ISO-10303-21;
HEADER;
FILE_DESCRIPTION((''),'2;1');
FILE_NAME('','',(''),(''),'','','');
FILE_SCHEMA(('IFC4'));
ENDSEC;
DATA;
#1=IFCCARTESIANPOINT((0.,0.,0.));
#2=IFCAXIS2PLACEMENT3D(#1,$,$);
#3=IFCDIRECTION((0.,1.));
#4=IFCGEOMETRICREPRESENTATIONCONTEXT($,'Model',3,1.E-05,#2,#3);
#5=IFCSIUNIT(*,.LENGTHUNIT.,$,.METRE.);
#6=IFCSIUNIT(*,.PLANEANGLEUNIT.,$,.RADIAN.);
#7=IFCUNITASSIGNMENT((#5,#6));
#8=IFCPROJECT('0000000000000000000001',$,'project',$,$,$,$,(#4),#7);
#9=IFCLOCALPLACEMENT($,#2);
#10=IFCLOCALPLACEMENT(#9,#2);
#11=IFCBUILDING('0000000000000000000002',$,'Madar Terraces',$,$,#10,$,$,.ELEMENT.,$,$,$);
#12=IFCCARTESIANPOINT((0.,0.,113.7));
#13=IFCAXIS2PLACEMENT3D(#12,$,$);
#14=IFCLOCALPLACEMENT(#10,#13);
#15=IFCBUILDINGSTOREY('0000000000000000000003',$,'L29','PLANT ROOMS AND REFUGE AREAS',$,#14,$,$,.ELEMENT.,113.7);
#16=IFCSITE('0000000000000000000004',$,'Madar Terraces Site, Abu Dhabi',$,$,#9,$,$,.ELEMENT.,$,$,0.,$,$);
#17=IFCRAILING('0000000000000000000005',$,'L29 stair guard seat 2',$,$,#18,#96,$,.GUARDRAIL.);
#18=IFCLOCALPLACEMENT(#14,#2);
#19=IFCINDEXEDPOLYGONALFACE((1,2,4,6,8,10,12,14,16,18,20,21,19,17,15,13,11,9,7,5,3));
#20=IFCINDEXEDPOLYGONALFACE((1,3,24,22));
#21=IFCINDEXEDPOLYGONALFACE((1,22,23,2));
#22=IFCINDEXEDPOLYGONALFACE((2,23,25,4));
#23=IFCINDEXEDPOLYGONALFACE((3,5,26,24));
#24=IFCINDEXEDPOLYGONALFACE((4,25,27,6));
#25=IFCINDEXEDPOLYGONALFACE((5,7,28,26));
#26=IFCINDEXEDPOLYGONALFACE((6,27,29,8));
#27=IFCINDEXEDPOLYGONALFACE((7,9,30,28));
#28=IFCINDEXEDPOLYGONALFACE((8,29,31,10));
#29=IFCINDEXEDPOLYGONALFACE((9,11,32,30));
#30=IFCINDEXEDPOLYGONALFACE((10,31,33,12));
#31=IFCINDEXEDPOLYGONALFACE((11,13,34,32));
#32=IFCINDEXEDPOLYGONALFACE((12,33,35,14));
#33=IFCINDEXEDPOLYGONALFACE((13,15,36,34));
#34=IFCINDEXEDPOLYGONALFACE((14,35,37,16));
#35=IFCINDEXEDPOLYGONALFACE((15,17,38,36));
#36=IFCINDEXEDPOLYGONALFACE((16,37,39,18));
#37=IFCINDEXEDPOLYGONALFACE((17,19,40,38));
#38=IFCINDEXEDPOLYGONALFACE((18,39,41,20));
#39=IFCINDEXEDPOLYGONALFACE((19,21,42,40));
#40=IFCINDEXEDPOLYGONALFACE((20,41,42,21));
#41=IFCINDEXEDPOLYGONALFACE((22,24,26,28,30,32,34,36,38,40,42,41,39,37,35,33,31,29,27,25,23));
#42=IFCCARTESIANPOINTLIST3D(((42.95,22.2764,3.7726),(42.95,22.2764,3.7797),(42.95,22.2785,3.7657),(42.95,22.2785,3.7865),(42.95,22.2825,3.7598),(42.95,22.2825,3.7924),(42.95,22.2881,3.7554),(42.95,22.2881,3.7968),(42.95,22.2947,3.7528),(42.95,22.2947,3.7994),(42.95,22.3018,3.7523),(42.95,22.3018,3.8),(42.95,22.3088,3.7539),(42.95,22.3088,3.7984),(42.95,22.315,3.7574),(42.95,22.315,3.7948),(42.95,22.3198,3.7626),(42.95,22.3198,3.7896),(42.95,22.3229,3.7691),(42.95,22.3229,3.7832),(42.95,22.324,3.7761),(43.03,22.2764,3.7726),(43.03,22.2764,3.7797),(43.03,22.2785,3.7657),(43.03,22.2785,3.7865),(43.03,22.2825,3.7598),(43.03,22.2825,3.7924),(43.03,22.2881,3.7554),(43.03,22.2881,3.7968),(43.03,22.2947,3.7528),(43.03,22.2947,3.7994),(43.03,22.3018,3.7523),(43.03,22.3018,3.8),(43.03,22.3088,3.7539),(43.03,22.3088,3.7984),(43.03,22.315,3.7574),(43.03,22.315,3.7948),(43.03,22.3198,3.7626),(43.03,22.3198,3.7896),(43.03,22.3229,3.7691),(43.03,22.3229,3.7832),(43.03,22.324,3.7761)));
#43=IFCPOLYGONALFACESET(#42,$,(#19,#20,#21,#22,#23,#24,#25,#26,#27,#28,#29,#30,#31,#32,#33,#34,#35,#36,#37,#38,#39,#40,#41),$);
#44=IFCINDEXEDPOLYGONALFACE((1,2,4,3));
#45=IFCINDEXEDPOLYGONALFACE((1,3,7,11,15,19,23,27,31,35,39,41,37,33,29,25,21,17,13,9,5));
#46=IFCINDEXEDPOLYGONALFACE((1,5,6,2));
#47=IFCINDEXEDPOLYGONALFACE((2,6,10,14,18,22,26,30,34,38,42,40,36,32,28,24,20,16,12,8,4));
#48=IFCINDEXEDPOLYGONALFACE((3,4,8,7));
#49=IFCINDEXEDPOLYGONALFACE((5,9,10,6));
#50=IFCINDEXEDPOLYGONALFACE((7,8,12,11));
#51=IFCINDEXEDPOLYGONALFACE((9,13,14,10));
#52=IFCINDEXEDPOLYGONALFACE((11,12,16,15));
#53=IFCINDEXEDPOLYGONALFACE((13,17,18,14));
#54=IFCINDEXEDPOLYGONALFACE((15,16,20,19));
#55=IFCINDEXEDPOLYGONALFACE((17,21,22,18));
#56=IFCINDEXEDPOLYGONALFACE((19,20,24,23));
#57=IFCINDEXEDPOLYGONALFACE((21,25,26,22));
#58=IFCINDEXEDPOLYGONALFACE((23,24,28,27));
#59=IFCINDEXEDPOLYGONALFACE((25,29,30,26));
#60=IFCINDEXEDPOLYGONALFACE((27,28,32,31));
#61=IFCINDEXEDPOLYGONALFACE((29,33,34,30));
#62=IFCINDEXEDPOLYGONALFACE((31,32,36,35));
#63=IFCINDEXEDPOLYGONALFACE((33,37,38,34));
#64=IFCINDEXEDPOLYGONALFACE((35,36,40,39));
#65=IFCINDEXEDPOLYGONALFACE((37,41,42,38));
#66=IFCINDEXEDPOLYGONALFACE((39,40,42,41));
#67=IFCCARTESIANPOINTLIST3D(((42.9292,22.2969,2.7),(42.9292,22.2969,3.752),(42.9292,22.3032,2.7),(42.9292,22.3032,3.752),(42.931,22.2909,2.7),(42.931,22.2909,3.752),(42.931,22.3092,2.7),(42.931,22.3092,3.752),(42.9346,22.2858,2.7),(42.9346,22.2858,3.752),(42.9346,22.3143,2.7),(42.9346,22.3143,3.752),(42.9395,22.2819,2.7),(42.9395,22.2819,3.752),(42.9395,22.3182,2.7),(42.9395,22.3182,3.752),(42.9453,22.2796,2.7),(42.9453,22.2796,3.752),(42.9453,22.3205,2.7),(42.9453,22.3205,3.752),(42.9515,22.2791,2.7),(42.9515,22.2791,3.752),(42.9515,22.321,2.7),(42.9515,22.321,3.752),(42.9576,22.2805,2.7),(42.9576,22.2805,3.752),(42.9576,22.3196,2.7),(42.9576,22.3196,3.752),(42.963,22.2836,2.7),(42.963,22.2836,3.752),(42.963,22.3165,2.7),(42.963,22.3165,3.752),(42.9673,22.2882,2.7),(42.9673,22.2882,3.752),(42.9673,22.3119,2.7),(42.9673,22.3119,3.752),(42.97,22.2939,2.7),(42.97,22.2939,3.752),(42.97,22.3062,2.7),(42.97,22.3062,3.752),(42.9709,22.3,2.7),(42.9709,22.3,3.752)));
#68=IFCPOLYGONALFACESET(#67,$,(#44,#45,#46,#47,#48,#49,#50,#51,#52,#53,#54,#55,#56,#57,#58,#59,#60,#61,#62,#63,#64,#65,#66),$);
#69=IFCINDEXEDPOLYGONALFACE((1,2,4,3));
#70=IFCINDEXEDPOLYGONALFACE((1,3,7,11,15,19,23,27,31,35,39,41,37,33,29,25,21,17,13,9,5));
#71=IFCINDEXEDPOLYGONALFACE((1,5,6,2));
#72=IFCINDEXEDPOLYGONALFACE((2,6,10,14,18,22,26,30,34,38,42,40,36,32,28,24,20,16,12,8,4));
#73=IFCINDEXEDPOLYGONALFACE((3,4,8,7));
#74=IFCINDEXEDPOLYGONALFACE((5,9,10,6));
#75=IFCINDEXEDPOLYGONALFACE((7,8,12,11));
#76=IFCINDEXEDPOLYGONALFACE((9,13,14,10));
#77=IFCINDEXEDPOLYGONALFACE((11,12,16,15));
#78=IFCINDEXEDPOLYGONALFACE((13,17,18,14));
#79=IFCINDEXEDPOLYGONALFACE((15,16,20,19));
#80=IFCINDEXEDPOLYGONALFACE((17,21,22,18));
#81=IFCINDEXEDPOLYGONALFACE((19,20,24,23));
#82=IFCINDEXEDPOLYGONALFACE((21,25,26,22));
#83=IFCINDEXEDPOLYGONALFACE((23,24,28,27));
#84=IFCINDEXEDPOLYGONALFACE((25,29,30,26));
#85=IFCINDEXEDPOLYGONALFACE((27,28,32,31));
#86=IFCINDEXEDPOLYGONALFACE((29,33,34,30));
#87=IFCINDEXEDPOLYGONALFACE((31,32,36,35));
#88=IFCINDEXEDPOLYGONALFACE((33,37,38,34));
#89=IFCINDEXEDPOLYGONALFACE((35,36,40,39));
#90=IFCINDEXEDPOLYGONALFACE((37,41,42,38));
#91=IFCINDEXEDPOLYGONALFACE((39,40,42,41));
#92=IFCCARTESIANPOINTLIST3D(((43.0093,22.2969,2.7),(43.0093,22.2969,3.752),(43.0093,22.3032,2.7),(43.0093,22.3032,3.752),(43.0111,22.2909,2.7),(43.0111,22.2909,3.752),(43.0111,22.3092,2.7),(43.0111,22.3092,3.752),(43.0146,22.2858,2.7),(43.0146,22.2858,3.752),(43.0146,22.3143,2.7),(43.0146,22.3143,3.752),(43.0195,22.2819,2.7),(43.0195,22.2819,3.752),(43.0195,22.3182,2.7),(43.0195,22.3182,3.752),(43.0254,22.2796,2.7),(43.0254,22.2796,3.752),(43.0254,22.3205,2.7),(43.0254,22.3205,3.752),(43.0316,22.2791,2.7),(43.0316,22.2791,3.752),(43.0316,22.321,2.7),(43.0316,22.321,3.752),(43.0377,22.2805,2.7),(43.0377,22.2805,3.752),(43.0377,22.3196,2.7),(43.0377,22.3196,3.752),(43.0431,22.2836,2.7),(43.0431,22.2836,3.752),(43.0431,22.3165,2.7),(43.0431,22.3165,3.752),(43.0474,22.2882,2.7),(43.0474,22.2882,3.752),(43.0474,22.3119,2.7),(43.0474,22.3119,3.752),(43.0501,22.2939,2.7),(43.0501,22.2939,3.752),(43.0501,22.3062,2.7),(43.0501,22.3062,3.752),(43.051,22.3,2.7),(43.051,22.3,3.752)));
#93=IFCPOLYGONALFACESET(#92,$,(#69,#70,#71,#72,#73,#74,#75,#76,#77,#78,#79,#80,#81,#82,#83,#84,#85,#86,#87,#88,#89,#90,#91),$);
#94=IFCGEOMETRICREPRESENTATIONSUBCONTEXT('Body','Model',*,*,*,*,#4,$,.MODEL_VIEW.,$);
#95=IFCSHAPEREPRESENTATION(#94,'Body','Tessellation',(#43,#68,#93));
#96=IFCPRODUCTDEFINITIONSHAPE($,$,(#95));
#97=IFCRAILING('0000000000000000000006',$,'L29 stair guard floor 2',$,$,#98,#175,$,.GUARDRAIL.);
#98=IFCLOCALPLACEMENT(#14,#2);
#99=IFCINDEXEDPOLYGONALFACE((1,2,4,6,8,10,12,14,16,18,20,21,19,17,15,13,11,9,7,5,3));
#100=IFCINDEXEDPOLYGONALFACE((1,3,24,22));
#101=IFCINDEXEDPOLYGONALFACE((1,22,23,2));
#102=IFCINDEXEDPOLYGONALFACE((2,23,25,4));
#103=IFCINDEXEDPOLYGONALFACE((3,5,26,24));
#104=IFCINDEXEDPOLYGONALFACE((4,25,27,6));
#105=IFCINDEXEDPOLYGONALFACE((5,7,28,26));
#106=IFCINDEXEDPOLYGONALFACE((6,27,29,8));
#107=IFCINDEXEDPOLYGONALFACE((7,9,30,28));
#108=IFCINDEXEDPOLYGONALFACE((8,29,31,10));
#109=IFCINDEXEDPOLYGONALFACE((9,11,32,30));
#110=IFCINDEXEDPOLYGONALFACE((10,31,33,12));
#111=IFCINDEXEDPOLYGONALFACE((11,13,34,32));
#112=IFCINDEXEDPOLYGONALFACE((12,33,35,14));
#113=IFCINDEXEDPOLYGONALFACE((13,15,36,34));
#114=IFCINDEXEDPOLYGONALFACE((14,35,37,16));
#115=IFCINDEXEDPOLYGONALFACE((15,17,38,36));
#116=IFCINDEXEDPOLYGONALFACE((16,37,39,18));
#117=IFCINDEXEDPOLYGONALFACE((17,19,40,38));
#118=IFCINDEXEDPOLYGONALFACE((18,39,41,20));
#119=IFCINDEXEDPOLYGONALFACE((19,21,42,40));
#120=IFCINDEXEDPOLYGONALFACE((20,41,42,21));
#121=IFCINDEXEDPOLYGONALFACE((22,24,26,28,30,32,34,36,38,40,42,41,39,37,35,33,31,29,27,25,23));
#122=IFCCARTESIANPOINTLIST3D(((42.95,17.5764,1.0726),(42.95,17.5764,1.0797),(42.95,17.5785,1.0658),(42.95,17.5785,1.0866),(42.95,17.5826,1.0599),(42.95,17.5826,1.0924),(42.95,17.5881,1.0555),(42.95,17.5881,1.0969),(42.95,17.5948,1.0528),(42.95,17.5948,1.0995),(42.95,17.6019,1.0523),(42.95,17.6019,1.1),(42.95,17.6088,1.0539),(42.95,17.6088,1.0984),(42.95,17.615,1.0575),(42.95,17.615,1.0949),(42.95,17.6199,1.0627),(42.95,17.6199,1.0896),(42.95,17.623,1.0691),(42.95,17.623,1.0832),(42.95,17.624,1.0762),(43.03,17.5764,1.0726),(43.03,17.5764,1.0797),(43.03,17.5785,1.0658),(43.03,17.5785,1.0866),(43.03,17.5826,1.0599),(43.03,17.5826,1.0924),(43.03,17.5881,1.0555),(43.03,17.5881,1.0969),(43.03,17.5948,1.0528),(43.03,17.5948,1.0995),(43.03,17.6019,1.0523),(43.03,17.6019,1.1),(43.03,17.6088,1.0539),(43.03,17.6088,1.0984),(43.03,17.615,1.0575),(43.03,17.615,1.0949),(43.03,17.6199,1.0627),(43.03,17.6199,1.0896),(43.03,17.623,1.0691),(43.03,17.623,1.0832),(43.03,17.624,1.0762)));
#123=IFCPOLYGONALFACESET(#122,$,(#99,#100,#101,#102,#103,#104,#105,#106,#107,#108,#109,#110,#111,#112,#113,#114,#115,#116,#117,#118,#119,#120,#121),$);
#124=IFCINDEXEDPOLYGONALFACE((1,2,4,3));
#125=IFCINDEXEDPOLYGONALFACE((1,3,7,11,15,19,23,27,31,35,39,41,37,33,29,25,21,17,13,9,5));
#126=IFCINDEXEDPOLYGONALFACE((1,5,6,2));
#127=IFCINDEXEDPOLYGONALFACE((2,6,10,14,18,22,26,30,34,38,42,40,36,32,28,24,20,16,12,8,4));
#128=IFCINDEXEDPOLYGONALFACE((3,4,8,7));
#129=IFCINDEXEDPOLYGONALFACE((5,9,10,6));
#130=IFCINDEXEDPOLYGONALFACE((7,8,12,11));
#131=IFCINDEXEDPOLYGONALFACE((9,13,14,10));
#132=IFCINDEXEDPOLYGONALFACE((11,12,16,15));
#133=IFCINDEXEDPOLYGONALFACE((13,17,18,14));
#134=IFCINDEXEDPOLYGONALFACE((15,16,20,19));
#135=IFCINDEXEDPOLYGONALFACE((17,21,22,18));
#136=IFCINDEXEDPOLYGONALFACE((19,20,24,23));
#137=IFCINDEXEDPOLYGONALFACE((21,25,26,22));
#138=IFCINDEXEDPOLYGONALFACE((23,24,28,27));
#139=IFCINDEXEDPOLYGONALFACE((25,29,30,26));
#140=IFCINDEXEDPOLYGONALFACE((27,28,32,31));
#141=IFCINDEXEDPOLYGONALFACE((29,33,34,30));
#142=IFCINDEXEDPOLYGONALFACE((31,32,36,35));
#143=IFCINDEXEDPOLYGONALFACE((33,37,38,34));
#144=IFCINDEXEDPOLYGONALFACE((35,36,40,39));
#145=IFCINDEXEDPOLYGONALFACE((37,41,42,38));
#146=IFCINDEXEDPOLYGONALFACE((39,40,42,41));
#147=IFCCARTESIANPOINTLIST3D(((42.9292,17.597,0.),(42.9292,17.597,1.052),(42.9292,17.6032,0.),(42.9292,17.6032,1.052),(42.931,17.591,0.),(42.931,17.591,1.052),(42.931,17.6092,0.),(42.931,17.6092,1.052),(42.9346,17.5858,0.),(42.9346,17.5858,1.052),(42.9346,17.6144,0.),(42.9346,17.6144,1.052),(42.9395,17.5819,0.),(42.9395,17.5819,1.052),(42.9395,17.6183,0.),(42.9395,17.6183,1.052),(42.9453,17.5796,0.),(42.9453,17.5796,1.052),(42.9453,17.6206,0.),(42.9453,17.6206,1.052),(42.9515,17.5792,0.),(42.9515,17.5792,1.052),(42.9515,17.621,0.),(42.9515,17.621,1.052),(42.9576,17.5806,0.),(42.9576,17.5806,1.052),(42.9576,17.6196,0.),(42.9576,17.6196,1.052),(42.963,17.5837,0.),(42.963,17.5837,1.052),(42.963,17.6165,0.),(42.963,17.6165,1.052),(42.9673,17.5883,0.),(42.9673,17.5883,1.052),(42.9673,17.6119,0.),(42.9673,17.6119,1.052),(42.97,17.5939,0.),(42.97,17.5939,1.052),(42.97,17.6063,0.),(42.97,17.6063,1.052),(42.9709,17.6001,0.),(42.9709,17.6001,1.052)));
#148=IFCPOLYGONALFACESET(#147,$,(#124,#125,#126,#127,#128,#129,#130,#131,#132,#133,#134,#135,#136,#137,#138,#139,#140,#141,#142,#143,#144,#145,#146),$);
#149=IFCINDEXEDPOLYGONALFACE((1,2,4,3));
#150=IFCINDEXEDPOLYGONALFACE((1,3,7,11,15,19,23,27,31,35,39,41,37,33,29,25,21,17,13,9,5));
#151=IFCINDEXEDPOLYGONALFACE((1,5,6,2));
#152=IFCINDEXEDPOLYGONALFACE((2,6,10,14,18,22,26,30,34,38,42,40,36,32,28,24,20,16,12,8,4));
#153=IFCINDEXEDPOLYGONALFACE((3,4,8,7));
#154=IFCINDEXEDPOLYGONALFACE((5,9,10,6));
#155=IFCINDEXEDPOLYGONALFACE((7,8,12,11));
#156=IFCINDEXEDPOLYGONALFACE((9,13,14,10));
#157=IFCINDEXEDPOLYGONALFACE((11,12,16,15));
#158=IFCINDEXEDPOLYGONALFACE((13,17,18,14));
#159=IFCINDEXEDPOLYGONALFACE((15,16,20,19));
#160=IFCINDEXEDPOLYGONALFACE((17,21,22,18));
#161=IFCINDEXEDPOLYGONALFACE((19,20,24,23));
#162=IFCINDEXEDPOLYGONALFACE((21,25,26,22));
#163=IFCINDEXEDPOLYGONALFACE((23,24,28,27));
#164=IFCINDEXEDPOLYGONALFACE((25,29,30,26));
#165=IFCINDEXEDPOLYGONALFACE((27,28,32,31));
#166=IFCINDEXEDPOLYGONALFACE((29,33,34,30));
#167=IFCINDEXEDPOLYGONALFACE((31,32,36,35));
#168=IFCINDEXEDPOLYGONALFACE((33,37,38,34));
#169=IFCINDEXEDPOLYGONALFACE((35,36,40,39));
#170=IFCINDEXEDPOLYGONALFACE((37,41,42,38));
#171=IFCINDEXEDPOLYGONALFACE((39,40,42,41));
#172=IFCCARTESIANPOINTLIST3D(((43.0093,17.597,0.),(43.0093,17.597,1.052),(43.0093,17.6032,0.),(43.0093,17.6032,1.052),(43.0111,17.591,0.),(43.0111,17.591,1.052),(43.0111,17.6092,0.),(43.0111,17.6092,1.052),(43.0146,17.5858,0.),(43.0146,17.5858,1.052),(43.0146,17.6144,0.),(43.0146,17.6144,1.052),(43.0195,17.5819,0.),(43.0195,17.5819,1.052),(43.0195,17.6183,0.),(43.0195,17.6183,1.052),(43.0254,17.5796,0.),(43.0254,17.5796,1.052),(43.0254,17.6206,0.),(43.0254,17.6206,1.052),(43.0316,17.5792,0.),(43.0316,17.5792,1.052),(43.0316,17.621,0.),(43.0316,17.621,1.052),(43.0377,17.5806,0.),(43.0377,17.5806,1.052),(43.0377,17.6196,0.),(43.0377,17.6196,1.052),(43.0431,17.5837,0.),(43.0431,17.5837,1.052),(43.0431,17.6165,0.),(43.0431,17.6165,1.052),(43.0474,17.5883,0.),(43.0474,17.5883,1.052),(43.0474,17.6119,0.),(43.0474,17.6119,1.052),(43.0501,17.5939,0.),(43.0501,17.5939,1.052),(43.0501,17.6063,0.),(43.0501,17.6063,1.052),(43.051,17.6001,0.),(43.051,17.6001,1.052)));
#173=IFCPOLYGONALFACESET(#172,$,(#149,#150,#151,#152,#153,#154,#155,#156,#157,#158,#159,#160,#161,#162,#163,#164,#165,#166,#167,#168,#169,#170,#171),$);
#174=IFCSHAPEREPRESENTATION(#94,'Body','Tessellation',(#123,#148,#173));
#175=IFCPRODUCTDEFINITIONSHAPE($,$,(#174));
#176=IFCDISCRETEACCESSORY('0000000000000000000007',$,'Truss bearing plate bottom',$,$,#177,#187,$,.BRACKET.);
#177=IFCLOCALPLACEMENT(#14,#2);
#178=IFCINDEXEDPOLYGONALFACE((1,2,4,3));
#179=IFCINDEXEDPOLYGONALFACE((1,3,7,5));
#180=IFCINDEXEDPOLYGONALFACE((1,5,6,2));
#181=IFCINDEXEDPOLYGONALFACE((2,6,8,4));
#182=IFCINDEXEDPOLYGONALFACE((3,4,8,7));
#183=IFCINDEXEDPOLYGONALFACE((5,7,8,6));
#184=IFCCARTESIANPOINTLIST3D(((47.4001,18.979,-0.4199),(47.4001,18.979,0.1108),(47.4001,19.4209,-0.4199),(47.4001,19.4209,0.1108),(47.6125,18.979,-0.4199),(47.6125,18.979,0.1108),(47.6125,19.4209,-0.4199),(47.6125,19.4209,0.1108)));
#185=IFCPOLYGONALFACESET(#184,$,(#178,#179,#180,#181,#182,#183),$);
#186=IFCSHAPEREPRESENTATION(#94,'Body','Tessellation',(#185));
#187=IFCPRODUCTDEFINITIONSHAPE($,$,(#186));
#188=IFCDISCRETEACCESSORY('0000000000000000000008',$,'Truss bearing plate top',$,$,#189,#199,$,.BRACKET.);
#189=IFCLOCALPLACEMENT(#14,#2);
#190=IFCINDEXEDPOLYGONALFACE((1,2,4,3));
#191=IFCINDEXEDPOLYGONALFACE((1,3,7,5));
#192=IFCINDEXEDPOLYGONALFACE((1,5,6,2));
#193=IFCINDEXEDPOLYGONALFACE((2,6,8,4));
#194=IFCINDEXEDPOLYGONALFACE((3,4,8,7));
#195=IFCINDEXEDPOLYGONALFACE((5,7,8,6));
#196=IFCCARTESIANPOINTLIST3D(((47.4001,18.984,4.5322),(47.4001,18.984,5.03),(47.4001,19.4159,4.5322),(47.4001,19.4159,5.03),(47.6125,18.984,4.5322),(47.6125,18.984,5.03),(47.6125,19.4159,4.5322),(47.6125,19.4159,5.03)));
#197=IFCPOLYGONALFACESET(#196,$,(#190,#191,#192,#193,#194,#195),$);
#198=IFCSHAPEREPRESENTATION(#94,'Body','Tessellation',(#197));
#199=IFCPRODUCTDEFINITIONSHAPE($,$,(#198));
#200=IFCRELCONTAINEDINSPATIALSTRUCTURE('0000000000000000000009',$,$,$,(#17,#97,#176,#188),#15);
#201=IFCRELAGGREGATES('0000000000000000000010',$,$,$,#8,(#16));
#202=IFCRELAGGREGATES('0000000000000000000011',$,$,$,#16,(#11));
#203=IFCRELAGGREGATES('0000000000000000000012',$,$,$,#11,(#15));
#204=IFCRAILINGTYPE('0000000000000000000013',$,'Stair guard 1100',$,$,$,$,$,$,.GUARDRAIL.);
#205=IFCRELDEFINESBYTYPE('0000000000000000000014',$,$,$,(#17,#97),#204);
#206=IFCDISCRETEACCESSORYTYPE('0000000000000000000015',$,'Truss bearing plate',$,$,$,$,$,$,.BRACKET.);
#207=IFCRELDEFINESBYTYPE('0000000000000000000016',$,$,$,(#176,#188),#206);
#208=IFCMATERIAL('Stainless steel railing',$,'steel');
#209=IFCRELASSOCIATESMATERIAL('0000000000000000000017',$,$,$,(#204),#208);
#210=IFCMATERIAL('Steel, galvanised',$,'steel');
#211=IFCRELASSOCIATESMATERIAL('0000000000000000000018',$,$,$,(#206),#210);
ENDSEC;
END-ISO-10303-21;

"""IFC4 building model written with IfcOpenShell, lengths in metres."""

from ifc_helpers import new_model, si_unit, direction, frame, origin, origin_2d, place, context, subcontext, project, spatial, rectangle, circle, extrude, material, type_object, element, save


model = new_model("IFC4")

# Units and contexts
model_context = context("Model", 3, precision=1e-05, world=origin(), true_north=direction((0.0, 1.0)))
body_context = subcontext(model_context, "Body", "Model", "MODEL_VIEW")
ifc_project = project(units=[si_unit("LENGTHUNIT", "METRE"), si_unit("PLANEANGLEUNIT", "RADIAN")], contexts=[model_context])

# Site, building, storey
site_placement = place(None, origin())
site = spatial("IfcSite", under=ifc_project, at=site_placement, Name="Madar Terraces Site, Abu Dhabi", CompositionType="ELEMENT", RefElevation=0.0)
building_placement = place(site_placement, origin())
building = spatial("IfcBuilding", under=site, at=building_placement, Name="Madar Terraces", CompositionType="ELEMENT")
storey_placement = place(building_placement, frame((0.0, 0.0, 113.7)))
storey = spatial("IfcBuildingStorey", under=building, at=storey_placement, Name="L29", Description="PLANT ROOMS AND REFUGE AREAS", CompositionType="ELEMENT", Elevation=113.7)

# Railings
ifc_material_1 = material(Name="Stainless steel railing", Category="steel")
railing_type_1 = type_object("IfcRailingType", Name="Stair guard 1100", PredefinedType="GUARDRAIL", material=ifc_material_1)
for number, where, name in (
    (1, (42.95, 22.3, 2.7), "L29 stair guard seat 2"),
    (2, (42.95, 17.6001, 0.0), "L29 stair guard floor 2"),
):
    element("IfcRailing", number, at=place(storey_placement, frame(where)), inside=storey, type_object=railing_type_1, Name=name, PredefinedType="GUARDRAIL", context=body_context, shape_type="SweptSolid", body=[
        extrude(circle(Radius=0.0239, at=origin_2d()), frame((0.0, 0.0, 1.0762), z_axis=(1.0, 0.0, 0.0), x_axis=(0.0, 1.0, 0.0)), (0.0, 0.0, 1.0), 0.0801),
        extrude(circle(Radius=0.021, at=origin_2d()), origin(), (0.0, 0.0, 1.0), 1.052),
        extrude(circle(Radius=0.021, at=origin_2d()), frame((0.0801, 0.0, 0.0)), (0.0, 0.0, 1.0), 1.052),
    ])

# Discrete accessories
ifc_material_2 = material(Name="Steel, galvanised", Category="steel")
discrete_accessory_type = type_object("IfcDiscreteAccessoryType", Name="Truss bearing plate", PredefinedType="BRACKET", material=ifc_material_2)
discrete_accessory_1_placement = place(storey_placement, frame((47.5063, 19.2, -0.4199), z_axis=(0.0, 0.0, 1.0), x_axis=(1.0, 0.0, 0.0)))
element("IfcDiscreteAccessory", 3, at=discrete_accessory_1_placement, inside=storey, type_object=discrete_accessory_type, Name="Truss bearing plate bottom", PredefinedType="BRACKET", context=body_context, shape_type="SweptSolid", body=[
    extrude(rectangle(XDim=0.2124, YDim=0.4419, at=origin_2d()), origin(), (0.0, 0.0, 1.0), 0.5308),
])
discrete_accessory_2_placement = place(storey_placement, frame((47.5063, 19.2, 4.5322), z_axis=(0.0, 0.0, 1.0), x_axis=(1.0, 0.0, 0.0)))
element("IfcDiscreteAccessory", 4, at=discrete_accessory_2_placement, inside=storey, type_object=discrete_accessory_type, Name="Truss bearing plate top", PredefinedType="BRACKET", context=body_context, shape_type="SweptSolid", body=[
    extrude(rectangle(XDim=0.2124, YDim=0.4319, at=origin_2d()), origin(), (0.0, 0.0, 1.0), 0.4978),
])

save(model, "model.ifc")
